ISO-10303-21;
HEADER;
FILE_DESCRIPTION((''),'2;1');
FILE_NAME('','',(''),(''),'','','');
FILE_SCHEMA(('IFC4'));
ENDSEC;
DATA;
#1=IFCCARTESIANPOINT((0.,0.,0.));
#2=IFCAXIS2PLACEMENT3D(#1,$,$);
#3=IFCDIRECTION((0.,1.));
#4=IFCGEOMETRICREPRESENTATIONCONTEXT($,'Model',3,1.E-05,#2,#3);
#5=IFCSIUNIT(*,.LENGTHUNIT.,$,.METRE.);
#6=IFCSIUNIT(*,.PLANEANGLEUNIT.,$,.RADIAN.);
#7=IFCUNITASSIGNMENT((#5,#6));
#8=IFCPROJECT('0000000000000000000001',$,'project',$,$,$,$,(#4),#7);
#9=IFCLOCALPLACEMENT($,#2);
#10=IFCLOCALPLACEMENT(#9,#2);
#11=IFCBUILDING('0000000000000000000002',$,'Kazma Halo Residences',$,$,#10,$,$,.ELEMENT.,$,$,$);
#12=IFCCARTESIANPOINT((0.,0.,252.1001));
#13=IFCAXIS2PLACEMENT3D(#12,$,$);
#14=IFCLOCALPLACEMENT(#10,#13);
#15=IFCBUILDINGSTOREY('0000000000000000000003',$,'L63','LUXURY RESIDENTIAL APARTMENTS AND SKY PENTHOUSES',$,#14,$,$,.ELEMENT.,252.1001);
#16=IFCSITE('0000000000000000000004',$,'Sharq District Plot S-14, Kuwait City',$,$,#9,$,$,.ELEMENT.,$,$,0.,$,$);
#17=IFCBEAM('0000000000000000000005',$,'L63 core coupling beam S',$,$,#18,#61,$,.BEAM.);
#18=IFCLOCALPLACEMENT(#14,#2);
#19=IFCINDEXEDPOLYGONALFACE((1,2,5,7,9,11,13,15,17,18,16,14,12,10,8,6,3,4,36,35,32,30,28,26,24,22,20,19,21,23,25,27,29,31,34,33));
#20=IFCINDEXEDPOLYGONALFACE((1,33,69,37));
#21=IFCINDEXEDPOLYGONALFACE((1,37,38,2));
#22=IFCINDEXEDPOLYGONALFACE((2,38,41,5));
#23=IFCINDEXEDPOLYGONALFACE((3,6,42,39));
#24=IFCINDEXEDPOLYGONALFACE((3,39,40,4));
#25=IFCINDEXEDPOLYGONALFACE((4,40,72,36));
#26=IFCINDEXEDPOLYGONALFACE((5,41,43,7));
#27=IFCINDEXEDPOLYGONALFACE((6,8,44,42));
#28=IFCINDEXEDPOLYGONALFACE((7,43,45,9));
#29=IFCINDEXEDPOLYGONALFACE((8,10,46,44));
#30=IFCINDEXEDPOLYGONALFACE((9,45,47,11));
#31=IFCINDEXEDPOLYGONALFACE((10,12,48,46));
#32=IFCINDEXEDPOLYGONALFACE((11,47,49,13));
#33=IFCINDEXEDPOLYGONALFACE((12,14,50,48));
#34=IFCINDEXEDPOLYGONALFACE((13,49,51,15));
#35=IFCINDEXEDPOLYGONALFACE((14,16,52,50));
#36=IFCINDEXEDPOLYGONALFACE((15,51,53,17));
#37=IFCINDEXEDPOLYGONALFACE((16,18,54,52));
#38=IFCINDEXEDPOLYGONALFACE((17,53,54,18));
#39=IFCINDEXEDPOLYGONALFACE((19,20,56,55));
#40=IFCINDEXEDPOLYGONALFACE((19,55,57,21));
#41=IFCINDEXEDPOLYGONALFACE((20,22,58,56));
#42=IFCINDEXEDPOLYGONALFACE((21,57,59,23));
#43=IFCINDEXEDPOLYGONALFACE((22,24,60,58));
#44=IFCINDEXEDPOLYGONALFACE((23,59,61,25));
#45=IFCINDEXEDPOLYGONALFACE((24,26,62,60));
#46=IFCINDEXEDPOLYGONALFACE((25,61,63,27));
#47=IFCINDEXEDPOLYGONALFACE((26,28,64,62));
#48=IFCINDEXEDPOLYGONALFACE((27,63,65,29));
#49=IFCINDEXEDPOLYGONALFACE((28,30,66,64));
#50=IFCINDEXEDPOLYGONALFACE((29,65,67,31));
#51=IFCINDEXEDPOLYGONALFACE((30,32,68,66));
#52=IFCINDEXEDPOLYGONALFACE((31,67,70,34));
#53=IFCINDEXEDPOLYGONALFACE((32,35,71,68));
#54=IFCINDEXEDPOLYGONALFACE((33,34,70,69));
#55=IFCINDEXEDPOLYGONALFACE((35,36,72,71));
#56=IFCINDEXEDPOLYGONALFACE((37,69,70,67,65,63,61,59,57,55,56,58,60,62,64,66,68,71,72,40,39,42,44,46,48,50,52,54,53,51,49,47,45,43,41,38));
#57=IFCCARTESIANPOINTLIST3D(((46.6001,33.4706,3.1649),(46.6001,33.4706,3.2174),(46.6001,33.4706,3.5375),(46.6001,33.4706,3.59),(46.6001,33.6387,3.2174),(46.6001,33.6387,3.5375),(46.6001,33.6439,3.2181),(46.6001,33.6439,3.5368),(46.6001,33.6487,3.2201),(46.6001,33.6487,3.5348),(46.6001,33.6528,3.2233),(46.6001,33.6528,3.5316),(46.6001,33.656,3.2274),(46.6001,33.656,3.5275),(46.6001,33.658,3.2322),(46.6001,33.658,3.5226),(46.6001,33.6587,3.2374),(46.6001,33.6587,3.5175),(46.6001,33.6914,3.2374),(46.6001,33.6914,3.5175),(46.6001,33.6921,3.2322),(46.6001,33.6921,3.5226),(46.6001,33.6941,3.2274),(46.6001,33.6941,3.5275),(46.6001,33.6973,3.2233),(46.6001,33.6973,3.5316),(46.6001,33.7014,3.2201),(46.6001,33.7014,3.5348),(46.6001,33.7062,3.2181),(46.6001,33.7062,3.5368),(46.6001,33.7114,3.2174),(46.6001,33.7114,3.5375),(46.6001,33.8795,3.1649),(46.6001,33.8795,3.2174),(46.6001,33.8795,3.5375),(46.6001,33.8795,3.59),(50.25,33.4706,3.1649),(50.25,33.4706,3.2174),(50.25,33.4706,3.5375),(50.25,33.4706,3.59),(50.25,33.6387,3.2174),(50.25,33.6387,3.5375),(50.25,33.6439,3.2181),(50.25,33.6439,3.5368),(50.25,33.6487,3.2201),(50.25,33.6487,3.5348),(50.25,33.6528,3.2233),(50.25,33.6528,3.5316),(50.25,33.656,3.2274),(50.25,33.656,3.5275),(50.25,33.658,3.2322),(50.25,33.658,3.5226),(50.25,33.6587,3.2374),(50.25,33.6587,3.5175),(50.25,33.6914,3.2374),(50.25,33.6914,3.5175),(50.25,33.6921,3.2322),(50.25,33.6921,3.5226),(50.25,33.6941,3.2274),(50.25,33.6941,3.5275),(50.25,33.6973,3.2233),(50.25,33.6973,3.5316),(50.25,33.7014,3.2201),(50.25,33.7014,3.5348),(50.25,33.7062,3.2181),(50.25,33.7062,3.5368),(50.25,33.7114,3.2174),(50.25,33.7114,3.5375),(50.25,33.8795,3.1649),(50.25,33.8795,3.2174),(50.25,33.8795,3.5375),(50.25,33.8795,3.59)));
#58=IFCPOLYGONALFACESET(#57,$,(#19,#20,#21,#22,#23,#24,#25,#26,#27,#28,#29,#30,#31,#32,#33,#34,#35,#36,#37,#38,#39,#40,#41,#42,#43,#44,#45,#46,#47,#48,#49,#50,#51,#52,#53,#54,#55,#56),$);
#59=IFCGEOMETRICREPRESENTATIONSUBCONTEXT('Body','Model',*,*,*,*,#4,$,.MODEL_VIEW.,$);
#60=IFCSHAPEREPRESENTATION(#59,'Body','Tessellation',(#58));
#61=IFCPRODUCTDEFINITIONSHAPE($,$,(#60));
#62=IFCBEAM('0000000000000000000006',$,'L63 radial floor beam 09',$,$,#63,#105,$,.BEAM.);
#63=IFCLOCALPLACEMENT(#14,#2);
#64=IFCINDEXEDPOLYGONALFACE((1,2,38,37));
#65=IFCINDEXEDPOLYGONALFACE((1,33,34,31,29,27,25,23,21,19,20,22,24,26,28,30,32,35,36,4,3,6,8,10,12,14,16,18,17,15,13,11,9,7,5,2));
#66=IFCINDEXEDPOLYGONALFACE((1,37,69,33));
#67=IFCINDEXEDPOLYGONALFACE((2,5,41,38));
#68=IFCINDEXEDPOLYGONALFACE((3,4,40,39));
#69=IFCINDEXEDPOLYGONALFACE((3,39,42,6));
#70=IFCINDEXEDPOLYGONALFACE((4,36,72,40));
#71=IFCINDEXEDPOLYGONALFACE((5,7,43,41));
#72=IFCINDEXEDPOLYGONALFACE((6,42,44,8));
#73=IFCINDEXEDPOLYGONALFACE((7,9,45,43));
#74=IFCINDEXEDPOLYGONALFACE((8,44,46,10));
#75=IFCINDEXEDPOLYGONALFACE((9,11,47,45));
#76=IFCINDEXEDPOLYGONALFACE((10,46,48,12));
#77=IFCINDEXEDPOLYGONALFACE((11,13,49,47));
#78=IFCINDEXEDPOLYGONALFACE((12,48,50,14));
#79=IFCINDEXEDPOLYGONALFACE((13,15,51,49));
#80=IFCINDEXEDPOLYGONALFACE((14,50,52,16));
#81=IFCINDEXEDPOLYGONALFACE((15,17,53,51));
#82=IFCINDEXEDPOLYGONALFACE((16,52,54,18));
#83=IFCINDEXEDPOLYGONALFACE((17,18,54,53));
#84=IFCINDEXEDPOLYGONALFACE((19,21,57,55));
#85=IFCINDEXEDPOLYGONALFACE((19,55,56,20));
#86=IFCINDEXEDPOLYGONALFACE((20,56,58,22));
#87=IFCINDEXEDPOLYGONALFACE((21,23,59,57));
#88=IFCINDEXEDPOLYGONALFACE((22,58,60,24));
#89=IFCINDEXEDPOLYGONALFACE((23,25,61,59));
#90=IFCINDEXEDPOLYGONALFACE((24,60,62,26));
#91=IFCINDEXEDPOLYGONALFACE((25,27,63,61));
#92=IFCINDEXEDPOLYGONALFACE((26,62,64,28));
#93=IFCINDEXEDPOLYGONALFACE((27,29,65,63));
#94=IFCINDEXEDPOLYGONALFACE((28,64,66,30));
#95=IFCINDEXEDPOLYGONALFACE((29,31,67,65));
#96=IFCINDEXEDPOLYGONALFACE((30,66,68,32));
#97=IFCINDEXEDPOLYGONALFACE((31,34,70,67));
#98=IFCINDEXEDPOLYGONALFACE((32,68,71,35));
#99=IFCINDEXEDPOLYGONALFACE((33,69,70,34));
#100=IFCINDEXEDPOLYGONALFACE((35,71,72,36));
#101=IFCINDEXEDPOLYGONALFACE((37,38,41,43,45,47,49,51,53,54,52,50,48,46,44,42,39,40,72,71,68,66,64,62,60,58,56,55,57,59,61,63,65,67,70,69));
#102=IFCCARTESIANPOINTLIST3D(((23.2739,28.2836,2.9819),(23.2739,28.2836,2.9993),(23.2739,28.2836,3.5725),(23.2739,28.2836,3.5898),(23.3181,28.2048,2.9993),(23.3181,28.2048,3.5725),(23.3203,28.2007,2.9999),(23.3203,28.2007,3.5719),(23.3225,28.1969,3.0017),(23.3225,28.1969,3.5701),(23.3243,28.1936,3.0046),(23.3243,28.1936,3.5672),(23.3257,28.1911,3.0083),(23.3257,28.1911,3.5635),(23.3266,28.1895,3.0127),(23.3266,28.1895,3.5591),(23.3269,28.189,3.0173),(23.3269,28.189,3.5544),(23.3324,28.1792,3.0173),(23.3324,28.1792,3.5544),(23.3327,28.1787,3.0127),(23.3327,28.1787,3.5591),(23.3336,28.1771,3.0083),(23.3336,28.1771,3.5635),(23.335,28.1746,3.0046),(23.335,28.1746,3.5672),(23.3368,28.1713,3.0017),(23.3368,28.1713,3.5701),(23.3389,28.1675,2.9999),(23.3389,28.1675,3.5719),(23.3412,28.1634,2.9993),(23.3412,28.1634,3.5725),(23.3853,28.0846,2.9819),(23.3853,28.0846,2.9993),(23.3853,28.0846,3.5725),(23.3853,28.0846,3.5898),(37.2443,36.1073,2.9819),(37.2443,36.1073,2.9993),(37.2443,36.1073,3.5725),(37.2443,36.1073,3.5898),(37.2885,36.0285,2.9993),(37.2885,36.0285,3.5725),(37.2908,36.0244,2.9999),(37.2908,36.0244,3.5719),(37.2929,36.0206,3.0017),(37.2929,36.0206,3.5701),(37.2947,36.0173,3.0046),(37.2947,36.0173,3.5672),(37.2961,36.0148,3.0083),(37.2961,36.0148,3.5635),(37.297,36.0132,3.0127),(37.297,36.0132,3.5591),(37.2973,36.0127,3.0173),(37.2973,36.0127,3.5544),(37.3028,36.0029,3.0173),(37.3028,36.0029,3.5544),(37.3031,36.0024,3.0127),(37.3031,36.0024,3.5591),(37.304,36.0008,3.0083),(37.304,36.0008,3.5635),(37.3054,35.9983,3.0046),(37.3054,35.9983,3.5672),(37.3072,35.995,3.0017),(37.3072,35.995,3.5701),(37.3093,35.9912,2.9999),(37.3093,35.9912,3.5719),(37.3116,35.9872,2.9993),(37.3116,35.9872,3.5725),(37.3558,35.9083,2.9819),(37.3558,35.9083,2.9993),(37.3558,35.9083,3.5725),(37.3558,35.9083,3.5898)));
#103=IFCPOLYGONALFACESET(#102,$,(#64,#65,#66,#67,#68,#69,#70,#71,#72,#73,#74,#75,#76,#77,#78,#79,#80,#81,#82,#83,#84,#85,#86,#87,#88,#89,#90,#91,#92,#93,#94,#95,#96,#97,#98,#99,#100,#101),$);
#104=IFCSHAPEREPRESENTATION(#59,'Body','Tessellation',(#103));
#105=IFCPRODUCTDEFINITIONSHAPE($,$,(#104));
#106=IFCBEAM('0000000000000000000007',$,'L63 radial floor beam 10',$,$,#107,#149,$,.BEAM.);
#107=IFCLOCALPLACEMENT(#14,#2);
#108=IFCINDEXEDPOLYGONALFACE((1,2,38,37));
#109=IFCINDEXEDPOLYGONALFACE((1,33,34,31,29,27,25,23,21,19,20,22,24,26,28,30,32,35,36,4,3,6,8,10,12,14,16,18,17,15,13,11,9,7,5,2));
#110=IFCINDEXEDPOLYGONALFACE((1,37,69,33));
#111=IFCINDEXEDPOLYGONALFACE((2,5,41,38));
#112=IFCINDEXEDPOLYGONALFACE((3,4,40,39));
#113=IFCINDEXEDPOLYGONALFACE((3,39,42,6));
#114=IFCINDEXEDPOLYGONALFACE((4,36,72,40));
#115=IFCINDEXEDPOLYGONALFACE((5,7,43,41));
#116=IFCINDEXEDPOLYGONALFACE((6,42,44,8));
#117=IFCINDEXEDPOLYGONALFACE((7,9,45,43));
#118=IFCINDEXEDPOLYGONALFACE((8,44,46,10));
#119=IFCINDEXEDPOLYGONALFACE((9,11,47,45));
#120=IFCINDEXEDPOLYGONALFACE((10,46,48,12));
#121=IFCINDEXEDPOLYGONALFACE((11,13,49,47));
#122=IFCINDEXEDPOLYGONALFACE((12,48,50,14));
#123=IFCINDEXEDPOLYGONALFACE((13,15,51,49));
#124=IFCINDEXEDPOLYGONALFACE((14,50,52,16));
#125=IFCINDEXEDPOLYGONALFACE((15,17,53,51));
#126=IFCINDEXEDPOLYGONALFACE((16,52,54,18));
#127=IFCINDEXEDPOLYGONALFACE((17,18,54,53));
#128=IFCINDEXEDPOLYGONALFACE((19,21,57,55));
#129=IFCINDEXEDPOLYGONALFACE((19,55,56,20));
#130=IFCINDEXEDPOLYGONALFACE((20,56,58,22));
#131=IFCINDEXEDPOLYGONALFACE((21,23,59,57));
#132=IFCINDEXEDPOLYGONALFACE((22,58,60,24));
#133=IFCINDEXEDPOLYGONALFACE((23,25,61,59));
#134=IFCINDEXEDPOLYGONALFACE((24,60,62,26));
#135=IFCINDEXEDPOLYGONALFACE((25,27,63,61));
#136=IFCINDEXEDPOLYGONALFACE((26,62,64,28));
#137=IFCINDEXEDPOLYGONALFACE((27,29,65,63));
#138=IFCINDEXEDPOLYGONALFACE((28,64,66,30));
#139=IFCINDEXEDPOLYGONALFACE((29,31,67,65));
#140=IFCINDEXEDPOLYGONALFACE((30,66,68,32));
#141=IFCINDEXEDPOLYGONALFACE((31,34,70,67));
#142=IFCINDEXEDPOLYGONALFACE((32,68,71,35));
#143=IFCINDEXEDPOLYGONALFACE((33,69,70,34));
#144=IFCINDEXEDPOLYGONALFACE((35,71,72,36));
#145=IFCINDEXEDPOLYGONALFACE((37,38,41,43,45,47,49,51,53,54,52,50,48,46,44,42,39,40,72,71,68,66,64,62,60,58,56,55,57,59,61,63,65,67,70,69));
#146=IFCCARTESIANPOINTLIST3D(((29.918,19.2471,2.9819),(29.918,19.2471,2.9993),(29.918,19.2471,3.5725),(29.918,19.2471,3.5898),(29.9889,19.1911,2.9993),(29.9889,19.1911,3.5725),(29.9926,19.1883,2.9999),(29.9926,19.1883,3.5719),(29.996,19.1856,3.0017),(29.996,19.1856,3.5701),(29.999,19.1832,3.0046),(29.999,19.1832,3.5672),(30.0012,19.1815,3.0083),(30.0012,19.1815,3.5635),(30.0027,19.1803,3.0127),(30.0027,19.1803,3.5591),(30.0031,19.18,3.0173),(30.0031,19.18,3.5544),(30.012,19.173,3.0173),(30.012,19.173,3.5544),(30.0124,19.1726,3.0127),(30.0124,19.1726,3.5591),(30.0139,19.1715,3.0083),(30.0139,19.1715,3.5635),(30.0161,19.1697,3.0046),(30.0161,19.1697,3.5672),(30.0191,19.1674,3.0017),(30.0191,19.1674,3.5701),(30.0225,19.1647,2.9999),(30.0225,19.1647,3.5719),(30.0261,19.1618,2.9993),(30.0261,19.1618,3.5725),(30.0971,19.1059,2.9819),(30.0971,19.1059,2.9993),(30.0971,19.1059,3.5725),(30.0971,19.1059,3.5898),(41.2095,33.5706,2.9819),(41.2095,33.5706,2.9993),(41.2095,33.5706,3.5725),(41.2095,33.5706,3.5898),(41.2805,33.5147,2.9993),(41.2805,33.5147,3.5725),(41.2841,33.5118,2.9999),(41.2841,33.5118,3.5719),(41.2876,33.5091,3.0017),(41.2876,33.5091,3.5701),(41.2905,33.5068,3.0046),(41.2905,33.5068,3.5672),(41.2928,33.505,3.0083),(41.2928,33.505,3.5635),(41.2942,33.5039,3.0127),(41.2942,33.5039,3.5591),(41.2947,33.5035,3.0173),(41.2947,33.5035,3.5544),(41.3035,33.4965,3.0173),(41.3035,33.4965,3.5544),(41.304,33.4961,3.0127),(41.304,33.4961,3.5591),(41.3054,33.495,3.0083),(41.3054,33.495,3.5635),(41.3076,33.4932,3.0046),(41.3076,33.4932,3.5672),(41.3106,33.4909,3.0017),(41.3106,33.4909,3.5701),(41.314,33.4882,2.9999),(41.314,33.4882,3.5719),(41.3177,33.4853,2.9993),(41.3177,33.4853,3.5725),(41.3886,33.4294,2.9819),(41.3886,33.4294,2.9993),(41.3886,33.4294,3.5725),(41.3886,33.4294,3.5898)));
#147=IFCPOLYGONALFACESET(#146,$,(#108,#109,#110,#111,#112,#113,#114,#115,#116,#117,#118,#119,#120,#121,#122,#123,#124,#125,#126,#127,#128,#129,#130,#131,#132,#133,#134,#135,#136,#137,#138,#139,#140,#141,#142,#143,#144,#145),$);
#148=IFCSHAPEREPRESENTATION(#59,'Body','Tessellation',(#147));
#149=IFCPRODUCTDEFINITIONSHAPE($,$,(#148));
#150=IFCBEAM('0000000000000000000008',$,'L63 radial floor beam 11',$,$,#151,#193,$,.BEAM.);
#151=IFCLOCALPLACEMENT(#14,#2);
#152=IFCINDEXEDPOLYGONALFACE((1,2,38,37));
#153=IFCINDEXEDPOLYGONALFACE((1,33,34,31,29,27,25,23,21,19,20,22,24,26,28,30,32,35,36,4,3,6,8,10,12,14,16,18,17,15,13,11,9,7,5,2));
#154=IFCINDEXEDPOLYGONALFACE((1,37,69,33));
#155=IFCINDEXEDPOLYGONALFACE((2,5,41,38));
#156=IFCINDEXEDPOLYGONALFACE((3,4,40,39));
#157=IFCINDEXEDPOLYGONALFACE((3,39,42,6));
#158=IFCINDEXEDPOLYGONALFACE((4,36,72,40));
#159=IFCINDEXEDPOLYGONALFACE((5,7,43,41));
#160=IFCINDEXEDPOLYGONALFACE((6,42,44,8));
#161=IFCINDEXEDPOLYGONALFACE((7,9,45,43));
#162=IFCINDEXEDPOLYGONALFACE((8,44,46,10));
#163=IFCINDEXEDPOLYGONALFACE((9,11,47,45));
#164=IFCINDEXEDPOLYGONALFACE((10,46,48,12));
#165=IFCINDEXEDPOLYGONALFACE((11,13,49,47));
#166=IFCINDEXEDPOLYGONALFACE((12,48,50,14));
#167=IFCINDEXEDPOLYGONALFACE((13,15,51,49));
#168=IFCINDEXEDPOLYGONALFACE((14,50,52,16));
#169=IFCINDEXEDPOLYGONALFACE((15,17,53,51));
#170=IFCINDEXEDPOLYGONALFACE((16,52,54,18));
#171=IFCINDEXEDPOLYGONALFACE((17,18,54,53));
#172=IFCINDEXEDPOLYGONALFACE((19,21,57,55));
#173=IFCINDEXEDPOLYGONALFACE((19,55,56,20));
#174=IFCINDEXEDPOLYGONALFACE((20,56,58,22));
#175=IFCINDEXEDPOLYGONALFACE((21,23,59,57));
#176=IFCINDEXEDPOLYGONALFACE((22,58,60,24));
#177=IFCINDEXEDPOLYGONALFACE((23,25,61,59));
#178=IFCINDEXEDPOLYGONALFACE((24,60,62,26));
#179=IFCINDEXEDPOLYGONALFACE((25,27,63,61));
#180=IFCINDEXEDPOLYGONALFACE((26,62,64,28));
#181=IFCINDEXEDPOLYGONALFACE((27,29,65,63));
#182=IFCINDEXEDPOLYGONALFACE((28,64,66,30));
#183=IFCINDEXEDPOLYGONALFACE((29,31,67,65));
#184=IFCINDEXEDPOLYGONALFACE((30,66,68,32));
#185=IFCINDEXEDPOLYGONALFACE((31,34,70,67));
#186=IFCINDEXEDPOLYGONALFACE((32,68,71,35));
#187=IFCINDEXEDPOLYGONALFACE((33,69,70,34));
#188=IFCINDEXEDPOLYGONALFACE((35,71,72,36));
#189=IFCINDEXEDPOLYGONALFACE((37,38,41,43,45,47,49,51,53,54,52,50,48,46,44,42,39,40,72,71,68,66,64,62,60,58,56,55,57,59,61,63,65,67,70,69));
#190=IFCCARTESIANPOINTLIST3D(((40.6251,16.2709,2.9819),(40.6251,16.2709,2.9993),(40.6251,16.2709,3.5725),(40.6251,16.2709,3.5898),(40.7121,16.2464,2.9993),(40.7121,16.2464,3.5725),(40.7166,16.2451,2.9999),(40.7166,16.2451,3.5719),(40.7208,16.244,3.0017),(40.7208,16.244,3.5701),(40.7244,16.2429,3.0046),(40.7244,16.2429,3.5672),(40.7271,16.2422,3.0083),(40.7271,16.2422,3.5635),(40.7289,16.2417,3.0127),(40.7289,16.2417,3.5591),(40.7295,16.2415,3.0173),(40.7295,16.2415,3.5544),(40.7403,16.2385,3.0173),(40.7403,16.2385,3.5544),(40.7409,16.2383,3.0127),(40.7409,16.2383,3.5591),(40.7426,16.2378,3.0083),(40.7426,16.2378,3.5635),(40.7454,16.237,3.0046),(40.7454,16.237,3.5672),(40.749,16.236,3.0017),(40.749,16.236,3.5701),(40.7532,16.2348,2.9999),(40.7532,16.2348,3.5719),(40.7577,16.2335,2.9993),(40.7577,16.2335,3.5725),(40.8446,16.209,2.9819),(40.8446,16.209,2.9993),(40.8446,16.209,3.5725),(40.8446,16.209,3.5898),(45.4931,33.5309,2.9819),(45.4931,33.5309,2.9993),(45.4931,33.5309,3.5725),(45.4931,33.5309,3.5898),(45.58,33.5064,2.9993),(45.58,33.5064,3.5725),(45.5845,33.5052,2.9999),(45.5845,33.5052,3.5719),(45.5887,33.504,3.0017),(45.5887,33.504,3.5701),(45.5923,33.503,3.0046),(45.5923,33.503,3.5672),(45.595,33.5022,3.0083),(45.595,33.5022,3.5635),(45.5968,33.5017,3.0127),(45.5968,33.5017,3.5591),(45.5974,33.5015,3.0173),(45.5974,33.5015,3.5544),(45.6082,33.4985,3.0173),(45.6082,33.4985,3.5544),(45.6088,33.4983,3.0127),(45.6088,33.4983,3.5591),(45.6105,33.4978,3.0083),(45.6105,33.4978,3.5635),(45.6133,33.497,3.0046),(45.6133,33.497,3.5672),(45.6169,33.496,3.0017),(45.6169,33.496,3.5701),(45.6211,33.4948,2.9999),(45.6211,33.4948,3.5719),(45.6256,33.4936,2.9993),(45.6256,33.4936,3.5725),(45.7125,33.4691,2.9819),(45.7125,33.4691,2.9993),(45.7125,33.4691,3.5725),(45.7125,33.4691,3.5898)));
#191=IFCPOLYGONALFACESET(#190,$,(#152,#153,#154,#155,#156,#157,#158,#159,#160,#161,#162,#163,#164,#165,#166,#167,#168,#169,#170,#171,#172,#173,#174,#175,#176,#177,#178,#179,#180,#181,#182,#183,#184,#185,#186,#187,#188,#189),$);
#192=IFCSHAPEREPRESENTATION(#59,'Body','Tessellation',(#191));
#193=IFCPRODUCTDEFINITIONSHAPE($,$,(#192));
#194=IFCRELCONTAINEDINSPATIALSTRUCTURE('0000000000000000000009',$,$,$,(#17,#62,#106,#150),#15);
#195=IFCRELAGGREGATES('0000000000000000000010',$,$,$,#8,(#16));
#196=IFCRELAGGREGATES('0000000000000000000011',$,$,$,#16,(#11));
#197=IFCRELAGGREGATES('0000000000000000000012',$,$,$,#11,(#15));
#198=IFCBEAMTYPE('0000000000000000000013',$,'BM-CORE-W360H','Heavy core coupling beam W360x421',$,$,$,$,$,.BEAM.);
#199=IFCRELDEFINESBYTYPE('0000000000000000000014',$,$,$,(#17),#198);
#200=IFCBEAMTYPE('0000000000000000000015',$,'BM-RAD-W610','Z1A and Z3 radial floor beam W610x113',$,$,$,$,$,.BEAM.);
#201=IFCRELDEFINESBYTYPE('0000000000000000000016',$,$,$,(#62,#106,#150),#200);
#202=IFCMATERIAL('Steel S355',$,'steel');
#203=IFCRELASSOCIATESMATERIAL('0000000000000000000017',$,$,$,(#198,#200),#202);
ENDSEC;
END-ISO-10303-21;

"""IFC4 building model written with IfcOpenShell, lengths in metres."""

from ifc_helpers import new_model, si_unit, direction, frame, origin, origin_2d, place, context, subcontext, project, spatial, i_section, extrude, material, material_profile, profile_set, type_object, element, save


model = new_model("IFC4")

# Units and contexts
model_context = context("Model", 3, precision=1e-05, world=origin(), true_north=direction((0.0, 1.0)))
body_context = subcontext(model_context, "Body", "Model", "MODEL_VIEW")
ifc_project = project(units=[si_unit("LENGTHUNIT", "METRE"), si_unit("PLANEANGLEUNIT", "RADIAN")], contexts=[model_context])

# Site, building, storey
site_placement = place(None, origin())
site = spatial("IfcSite", under=ifc_project, at=site_placement, Name="Sharq District Plot S-14, Kuwait City", CompositionType="ELEMENT", RefElevation=0.0)
building_placement = place(site_placement, origin())
building = spatial("IfcBuilding", under=site, at=building_placement, Name="Kazma Halo Residences", CompositionType="ELEMENT")
storey_placement = place(building_placement, frame((0.0, 0.0, 252.1001)))
storey = spatial("IfcBuildingStorey", under=building, at=storey_placement, Name="L63", Description="LUXURY RESIDENTIAL APARTMENTS AND SKY PENTHOUSES", CompositionType="ELEMENT", Elevation=252.1001)

# Beams
ifc_material_1 = material(Name="Steel S355", Category="steel")
ifc_material_profile_1 = material_profile(ifc_material_1, i_section(OverallWidth=0.4089, OverallDepth=0.425, WebThickness=0.0327, FlangeThickness=0.0525, FilletRadius=0.02, at=origin_2d()), Name="W360x421")
ifc_profile_set_1 = profile_set([ifc_material_profile_1], Name="Steel S355")
beam_type_1 = type_object("IfcBeamType", Name="BM-CORE-W360H", Description="Heavy core coupling beam W360x421", PredefinedType="BEAM", material=ifc_profile_set_1)
beam_1_placement = place(storey_placement, frame((46.6001, 33.675, 3.3774), z_axis=(1.0, 0.0, 0.0), x_axis=(0.0, 1.0, 0.0)))
element("IfcBeam", 1, at=beam_1_placement, inside=storey, type_object=beam_type_1, Name="L63 core coupling beam S", PredefinedType="BEAM", context=body_context, shape_type="SweptSolid", body=[
    extrude(i_section(OverallWidth=0.4089, OverallDepth=0.425, WebThickness=0.0327, FlangeThickness=0.0525, FilletRadius=0.02, at=origin_2d()), origin(), (0.0, 0.0, 1.0), 3.6499),
])
ifc_material_profile_2 = material_profile(ifc_material_1, i_section(OverallWidth=0.228, OverallDepth=0.6079, WebThickness=0.0112, FlangeThickness=0.0173, FilletRadius=0.0181, at=origin_2d()), Name="W610x113")
ifc_profile_set_2 = profile_set([ifc_material_profile_2], Name="Steel S355")
beam_type_2 = type_object("IfcBeamType", Name="BM-RAD-W610", Description="Z1A and Z3 radial floor beam W610x113", PredefinedType="BEAM", material=ifc_profile_set_2)
beam_2_placement = place(storey_placement, frame((37.3, 36.0078, 3.2859), z_axis=(-0.872499, -0.488616, 0.0), x_axis=(0.488616, -0.872499, 0.0)))
element("IfcBeam", 2, at=beam_2_placement, inside=storey, type_object=beam_type_2, Name="L63 radial floor beam 09", PredefinedType="BEAM", context=body_context, shape_type="SweptSolid", body=[
    extrude(i_section(OverallWidth=0.228, OverallDepth=0.6079, WebThickness=0.0112, FlangeThickness=0.0173, FilletRadius=0.0181, at=origin_2d()), origin(), (0.0, 0.0, 1.0), 16.012),
])
beam_3_placement = place(storey_placement, frame((41.2991, 33.5, 3.2859), z_axis=(-0.619086, -0.785323, 0.0), x_axis=(0.785323, -0.619086, 0.0)))
element("IfcBeam", 3, at=beam_3_placement, inside=storey, type_object=beam_type_2, Name="L63 radial floor beam 10", PredefinedType="BEAM", context=body_context, shape_type="SweptSolid", body=[
    extrude(i_section(OverallWidth=0.228, OverallDepth=0.6079, WebThickness=0.0112, FlangeThickness=0.0173, FilletRadius=0.0181, at=origin_2d()), origin(), (0.0, 0.0, 1.0), 18.239),
])
beam_4_placement = place(storey_placement, frame((45.6028, 33.5, 3.2859), z_axis=(-0.271445, -0.962454, 0.0), x_axis=(0.962454, -0.271445, 0.0)))
element("IfcBeam", 4, at=beam_4_placement, inside=storey, type_object=beam_type_2, Name="L63 radial floor beam 11", PredefinedType="BEAM", context=body_context, shape_type="SweptSolid", body=[
    extrude(i_section(OverallWidth=0.228, OverallDepth=0.6079, WebThickness=0.0112, FlangeThickness=0.0173, FilletRadius=0.0181, at=origin_2d()), origin(), (0.0, 0.0, 1.0), 17.9333),
])

save(model, "model.ifc")
